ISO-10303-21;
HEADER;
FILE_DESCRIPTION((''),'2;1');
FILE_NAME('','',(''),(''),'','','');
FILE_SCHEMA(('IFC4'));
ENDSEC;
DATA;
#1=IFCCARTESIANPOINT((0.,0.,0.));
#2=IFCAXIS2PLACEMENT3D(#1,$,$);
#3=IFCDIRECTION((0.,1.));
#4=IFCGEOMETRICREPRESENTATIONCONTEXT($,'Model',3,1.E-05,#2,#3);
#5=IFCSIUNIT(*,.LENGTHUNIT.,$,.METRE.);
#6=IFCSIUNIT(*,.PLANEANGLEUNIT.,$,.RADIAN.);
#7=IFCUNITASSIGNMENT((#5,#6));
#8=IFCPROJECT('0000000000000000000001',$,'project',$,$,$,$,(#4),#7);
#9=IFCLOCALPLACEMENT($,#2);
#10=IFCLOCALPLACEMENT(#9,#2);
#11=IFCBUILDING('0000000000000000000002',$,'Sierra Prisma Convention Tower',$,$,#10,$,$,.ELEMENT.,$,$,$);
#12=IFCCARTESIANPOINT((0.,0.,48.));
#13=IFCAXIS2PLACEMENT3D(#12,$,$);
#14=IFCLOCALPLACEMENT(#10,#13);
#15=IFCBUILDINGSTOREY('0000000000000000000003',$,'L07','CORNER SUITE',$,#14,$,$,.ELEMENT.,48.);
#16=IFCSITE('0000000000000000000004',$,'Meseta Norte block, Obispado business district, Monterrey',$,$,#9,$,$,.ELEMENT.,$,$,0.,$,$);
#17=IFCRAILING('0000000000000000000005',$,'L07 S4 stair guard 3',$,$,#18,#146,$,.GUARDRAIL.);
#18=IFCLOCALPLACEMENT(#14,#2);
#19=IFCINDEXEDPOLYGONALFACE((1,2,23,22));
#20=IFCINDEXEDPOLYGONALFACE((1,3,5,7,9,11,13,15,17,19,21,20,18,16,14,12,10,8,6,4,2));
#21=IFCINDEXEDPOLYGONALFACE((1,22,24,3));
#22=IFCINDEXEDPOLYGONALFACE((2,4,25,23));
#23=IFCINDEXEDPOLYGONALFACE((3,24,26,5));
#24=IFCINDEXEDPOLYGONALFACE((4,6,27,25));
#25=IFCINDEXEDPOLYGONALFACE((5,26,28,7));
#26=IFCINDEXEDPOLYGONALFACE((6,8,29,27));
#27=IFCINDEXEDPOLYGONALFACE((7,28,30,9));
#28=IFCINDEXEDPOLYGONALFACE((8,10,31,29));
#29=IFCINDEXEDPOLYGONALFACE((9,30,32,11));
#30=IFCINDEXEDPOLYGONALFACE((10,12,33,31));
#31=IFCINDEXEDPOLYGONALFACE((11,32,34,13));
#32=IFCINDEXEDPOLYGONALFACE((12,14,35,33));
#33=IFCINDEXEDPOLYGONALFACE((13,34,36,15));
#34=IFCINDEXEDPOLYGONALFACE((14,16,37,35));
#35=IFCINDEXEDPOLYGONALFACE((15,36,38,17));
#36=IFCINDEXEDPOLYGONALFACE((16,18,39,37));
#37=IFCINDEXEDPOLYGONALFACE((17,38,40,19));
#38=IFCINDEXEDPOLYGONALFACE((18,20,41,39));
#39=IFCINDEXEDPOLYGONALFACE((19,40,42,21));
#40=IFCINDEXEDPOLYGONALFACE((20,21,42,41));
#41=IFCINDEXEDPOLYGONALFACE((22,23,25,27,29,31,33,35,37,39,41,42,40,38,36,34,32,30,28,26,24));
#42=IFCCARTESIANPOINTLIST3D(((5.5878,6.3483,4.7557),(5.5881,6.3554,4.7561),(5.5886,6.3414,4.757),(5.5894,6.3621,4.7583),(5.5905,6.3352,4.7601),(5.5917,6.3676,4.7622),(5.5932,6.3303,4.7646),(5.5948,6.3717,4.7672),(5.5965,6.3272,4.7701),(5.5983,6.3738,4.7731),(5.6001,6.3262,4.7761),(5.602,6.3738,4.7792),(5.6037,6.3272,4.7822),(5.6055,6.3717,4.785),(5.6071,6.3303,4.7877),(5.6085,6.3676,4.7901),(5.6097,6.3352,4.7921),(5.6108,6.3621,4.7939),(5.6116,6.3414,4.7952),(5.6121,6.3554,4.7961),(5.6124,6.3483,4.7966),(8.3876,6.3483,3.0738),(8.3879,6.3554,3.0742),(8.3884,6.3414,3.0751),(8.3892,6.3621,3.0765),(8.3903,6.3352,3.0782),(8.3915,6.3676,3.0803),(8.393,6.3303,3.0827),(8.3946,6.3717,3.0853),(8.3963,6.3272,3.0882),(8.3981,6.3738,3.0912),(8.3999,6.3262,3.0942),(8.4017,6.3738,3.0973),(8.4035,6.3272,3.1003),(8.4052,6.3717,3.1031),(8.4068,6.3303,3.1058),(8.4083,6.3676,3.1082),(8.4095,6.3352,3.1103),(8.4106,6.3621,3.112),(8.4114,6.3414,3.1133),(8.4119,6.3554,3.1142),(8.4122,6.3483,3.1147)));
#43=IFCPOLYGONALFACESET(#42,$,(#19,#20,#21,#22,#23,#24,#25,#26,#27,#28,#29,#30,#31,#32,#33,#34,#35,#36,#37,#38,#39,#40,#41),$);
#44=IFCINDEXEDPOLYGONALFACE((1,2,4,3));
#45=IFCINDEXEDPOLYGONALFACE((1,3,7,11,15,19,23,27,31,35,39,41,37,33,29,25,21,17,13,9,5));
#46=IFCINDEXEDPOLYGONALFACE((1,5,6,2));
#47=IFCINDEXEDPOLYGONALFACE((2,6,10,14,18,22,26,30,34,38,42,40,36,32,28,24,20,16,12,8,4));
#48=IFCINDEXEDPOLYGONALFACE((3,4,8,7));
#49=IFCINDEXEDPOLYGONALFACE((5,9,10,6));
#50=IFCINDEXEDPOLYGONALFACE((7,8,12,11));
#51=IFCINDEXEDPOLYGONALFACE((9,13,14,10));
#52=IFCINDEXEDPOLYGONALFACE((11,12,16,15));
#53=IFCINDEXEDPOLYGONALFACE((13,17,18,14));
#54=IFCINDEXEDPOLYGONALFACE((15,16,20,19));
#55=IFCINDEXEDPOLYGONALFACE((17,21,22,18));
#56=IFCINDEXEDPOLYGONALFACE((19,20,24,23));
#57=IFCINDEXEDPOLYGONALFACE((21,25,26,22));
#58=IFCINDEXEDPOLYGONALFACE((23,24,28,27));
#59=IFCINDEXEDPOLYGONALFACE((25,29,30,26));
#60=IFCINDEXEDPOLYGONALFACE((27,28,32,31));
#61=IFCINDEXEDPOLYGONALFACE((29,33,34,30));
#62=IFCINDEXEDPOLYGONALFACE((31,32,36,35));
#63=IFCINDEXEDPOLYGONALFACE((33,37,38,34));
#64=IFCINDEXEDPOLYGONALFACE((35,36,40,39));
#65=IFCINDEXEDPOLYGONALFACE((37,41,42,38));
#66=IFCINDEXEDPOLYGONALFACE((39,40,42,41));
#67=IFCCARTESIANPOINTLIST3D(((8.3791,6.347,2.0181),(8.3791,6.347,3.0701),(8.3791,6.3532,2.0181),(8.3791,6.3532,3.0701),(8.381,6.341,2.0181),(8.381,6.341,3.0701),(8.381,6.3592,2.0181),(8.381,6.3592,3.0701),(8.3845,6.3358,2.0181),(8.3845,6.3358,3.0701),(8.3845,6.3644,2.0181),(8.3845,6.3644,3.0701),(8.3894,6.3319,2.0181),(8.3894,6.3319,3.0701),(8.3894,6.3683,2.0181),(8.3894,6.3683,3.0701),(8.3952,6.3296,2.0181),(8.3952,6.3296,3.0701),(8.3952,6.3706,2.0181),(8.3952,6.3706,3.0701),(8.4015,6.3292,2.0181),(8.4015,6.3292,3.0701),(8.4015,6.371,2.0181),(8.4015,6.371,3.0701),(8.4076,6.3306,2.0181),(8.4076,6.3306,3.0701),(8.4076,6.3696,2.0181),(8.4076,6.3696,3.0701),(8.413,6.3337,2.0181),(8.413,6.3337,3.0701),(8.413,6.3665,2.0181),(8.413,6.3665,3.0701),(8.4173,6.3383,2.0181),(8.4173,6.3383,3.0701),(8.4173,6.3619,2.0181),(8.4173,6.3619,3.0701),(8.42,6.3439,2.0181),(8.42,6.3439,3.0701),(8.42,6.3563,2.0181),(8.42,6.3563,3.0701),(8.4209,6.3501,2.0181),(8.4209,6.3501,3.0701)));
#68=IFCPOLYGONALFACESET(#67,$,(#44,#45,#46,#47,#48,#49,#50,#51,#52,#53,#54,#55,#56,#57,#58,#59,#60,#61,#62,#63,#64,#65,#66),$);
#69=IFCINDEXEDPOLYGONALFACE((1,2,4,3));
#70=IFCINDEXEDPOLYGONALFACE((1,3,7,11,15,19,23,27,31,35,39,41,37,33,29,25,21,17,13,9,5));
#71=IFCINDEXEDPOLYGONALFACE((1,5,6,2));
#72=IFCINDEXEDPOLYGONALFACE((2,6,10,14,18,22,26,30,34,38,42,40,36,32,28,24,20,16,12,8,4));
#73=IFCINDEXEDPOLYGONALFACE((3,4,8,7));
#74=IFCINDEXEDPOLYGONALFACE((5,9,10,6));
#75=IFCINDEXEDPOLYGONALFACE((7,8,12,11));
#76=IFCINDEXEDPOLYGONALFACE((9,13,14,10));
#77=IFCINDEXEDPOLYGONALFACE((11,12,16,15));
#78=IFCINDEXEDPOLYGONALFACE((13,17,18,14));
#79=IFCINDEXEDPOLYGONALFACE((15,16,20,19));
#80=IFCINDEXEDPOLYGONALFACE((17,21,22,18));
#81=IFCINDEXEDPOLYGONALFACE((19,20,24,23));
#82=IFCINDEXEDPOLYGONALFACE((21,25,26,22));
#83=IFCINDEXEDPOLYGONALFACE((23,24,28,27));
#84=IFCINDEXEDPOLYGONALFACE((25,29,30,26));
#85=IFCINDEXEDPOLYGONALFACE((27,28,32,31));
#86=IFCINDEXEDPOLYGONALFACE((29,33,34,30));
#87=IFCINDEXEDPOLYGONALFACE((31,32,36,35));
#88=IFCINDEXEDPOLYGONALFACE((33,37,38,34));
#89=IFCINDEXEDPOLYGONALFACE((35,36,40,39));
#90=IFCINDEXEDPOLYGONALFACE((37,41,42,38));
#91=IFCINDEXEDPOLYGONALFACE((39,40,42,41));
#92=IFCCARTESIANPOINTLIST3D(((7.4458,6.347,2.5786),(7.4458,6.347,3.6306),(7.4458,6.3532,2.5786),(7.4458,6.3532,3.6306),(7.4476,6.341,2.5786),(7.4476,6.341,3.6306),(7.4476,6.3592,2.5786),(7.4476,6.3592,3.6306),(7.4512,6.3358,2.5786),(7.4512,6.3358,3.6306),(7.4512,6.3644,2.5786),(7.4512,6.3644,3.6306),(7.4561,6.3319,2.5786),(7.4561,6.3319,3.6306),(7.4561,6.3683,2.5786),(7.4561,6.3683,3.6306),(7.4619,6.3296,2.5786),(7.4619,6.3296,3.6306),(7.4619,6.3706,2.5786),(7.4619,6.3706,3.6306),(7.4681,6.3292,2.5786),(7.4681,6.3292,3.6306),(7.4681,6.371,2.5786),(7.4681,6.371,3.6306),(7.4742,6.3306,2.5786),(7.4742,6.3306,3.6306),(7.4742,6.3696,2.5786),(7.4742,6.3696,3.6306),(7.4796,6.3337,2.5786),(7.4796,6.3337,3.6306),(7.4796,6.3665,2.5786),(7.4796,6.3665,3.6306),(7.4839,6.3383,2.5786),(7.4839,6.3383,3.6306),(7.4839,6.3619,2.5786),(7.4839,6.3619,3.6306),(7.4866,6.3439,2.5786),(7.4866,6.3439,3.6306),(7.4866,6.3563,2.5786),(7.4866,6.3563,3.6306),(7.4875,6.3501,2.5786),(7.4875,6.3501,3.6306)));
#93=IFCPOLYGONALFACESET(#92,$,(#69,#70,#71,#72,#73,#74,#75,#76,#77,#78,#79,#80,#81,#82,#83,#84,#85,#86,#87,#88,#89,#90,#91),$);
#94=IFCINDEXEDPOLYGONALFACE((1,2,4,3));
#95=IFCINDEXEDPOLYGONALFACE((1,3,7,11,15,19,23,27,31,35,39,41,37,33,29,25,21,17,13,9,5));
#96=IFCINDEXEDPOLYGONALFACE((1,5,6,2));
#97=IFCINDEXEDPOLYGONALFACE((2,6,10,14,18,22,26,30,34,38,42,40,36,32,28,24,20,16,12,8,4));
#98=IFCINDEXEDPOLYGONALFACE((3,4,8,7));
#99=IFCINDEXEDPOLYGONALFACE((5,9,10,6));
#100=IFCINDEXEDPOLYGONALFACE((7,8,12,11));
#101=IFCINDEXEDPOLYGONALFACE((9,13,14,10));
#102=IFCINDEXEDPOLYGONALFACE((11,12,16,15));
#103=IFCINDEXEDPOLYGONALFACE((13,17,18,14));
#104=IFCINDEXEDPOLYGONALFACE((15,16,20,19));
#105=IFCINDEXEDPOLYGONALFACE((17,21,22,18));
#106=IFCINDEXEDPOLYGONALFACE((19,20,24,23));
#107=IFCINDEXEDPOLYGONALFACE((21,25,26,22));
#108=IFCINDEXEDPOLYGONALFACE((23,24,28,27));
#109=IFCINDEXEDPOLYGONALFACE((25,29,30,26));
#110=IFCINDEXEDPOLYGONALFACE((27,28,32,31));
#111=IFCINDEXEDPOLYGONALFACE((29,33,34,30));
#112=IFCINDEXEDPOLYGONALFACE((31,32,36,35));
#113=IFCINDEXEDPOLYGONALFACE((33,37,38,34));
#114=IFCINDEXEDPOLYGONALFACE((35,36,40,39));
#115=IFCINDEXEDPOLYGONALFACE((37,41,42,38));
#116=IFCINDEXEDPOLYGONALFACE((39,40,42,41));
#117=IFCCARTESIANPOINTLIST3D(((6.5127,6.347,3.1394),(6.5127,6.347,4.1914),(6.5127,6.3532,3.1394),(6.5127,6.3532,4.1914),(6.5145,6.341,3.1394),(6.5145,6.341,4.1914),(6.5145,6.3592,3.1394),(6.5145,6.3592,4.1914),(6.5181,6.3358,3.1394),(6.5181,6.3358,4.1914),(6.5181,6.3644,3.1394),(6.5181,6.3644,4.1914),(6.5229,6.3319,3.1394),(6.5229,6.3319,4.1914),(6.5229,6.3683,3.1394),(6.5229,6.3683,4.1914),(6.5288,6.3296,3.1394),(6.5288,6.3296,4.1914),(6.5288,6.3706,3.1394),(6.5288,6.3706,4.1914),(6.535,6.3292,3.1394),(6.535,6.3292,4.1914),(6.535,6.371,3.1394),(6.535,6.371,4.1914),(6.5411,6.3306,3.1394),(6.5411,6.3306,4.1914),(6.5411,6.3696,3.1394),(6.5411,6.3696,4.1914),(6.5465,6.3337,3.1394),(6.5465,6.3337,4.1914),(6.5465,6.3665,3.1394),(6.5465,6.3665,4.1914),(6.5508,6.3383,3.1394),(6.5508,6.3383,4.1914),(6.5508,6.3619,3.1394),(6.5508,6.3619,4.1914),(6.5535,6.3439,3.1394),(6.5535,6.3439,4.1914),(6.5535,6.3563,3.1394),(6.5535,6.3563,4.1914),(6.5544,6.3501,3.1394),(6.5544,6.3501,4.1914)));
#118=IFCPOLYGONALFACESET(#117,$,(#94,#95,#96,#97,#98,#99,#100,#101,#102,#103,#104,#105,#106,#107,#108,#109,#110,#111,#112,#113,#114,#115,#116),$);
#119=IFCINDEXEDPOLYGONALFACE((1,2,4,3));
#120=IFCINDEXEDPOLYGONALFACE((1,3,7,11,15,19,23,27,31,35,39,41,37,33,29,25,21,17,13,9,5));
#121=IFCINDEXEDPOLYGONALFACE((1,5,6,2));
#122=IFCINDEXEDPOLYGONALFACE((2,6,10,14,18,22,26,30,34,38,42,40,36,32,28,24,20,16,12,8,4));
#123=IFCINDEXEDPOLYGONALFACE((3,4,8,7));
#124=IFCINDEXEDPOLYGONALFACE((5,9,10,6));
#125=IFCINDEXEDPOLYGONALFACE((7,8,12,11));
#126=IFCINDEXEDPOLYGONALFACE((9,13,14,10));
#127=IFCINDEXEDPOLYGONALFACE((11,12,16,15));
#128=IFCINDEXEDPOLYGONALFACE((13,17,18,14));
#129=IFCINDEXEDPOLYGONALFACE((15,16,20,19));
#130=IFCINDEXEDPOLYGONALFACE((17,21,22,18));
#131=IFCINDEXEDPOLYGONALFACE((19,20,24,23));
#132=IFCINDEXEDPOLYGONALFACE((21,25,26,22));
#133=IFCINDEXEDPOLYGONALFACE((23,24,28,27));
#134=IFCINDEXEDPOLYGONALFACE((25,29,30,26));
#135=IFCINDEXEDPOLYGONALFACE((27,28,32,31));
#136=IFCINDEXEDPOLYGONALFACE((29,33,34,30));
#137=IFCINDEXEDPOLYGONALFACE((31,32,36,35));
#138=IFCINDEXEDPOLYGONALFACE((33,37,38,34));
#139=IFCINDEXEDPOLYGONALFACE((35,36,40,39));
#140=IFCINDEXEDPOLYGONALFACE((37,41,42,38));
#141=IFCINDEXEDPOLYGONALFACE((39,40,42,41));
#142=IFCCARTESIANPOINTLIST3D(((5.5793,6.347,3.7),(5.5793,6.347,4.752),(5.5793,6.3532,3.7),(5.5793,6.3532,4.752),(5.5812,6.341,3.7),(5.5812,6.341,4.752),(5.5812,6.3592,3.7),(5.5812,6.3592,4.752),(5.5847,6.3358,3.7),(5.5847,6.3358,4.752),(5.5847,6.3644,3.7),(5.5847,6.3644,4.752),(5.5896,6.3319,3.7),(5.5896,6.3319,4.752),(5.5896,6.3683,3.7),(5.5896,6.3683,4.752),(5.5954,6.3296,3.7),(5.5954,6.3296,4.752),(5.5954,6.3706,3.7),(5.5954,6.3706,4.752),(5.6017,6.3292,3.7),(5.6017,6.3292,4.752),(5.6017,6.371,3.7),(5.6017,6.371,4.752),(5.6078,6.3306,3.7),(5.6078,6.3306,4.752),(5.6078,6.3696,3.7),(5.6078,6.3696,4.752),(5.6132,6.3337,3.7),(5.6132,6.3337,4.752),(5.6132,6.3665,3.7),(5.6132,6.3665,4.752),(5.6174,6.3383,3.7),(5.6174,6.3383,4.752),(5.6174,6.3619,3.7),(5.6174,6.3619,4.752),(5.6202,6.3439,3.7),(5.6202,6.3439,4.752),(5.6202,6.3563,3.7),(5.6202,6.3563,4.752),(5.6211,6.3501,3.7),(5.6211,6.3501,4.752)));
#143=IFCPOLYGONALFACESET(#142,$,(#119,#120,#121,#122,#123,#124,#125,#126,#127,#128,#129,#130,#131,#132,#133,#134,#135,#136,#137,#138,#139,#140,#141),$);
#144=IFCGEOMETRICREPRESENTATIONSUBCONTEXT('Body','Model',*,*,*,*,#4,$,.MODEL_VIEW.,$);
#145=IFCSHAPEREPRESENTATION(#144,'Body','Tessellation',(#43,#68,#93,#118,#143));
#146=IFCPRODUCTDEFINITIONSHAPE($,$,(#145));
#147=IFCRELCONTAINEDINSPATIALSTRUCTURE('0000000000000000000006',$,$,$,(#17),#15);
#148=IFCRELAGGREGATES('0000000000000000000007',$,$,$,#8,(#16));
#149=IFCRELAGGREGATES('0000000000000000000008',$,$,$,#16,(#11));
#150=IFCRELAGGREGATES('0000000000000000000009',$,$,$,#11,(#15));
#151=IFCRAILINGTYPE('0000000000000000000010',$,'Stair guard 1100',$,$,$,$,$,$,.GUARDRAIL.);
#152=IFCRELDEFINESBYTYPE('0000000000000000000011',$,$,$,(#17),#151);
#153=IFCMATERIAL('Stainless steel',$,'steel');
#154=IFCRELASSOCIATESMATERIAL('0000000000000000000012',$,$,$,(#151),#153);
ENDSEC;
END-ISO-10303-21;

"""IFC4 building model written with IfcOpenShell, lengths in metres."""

from ifc_helpers import new_model, si_unit, direction, frame, origin, origin_2d, place, context, subcontext, project, spatial, circle, extrude, material, type_object, element, save


model = new_model("IFC4")

# Units and contexts
model_context = context("Model", 3, precision=1e-05, world=origin(), true_north=direction((0.0, 1.0)))
body_context = subcontext(model_context, "Body", "Model", "MODEL_VIEW")
ifc_project = project(units=[si_unit("LENGTHUNIT", "METRE"), si_unit("PLANEANGLEUNIT", "RADIAN")], contexts=[model_context])

# Site, building, storey
site_placement = place(None, origin())
site = spatial("IfcSite", under=ifc_project, at=site_placement, Name="Meseta Norte block, Obispado business district, Monterrey", CompositionType="ELEMENT", RefElevation=0.0)
building_placement = place(site_placement, origin())
building = spatial("IfcBuilding", under=site, at=building_placement, Name="Sierra Prisma Convention Tower", CompositionType="ELEMENT")
storey_placement = place(building_placement, frame((0.0, 0.0, 48.0)))
storey = spatial("IfcBuildingStorey", under=building, at=storey_placement, Name="L07", Description="CORNER SUITE", CompositionType="ELEMENT", Elevation=48.0)

# Railing
ifc_material_1 = material(Name="Stainless steel", Category="steel")
railing_type_1 = type_object("IfcRailingType", Name="Stair guard 1100", PredefinedType="GUARDRAIL", material=ifc_material_1)
railing_1_placement = place(storey_placement, frame((8.3999, 6.3501, 2.0181)))
element("IfcRailing", 1, at=railing_1_placement, inside=storey, type_object=railing_type_1, Name="L07 S4 stair guard 3", PredefinedType="GUARDRAIL", context=body_context, shape_type="SweptSolid", body=[
    extrude(circle(Radius=0.0239, at=origin_2d()), frame((0.0, 0.0, 1.0762), z_axis=(-0.857222, 0.0, 0.514946), x_axis=(0.0, -1.0, 0.0)), (0.0, 0.0, 1.0), 3.2661),
    extrude(circle(Radius=0.021, at=origin_2d()), origin(), (0.0, 0.0, 1.0), 1.052),
    extrude(circle(Radius=0.021, at=origin_2d()), frame((-0.9333, 0.0, 0.5605)), (0.0, 0.0, 1.0), 1.052),
    extrude(circle(Radius=0.021, at=origin_2d()), frame((-1.8665, 0.0, 1.1213)), (0.0, 0.0, 1.0), 1.052),
    extrude(circle(Radius=0.021, at=origin_2d()), frame((-2.7998, 0.0, 1.6819)), (0.0, 0.0, 1.0), 1.052),
])

save(model, "model.ifc")
